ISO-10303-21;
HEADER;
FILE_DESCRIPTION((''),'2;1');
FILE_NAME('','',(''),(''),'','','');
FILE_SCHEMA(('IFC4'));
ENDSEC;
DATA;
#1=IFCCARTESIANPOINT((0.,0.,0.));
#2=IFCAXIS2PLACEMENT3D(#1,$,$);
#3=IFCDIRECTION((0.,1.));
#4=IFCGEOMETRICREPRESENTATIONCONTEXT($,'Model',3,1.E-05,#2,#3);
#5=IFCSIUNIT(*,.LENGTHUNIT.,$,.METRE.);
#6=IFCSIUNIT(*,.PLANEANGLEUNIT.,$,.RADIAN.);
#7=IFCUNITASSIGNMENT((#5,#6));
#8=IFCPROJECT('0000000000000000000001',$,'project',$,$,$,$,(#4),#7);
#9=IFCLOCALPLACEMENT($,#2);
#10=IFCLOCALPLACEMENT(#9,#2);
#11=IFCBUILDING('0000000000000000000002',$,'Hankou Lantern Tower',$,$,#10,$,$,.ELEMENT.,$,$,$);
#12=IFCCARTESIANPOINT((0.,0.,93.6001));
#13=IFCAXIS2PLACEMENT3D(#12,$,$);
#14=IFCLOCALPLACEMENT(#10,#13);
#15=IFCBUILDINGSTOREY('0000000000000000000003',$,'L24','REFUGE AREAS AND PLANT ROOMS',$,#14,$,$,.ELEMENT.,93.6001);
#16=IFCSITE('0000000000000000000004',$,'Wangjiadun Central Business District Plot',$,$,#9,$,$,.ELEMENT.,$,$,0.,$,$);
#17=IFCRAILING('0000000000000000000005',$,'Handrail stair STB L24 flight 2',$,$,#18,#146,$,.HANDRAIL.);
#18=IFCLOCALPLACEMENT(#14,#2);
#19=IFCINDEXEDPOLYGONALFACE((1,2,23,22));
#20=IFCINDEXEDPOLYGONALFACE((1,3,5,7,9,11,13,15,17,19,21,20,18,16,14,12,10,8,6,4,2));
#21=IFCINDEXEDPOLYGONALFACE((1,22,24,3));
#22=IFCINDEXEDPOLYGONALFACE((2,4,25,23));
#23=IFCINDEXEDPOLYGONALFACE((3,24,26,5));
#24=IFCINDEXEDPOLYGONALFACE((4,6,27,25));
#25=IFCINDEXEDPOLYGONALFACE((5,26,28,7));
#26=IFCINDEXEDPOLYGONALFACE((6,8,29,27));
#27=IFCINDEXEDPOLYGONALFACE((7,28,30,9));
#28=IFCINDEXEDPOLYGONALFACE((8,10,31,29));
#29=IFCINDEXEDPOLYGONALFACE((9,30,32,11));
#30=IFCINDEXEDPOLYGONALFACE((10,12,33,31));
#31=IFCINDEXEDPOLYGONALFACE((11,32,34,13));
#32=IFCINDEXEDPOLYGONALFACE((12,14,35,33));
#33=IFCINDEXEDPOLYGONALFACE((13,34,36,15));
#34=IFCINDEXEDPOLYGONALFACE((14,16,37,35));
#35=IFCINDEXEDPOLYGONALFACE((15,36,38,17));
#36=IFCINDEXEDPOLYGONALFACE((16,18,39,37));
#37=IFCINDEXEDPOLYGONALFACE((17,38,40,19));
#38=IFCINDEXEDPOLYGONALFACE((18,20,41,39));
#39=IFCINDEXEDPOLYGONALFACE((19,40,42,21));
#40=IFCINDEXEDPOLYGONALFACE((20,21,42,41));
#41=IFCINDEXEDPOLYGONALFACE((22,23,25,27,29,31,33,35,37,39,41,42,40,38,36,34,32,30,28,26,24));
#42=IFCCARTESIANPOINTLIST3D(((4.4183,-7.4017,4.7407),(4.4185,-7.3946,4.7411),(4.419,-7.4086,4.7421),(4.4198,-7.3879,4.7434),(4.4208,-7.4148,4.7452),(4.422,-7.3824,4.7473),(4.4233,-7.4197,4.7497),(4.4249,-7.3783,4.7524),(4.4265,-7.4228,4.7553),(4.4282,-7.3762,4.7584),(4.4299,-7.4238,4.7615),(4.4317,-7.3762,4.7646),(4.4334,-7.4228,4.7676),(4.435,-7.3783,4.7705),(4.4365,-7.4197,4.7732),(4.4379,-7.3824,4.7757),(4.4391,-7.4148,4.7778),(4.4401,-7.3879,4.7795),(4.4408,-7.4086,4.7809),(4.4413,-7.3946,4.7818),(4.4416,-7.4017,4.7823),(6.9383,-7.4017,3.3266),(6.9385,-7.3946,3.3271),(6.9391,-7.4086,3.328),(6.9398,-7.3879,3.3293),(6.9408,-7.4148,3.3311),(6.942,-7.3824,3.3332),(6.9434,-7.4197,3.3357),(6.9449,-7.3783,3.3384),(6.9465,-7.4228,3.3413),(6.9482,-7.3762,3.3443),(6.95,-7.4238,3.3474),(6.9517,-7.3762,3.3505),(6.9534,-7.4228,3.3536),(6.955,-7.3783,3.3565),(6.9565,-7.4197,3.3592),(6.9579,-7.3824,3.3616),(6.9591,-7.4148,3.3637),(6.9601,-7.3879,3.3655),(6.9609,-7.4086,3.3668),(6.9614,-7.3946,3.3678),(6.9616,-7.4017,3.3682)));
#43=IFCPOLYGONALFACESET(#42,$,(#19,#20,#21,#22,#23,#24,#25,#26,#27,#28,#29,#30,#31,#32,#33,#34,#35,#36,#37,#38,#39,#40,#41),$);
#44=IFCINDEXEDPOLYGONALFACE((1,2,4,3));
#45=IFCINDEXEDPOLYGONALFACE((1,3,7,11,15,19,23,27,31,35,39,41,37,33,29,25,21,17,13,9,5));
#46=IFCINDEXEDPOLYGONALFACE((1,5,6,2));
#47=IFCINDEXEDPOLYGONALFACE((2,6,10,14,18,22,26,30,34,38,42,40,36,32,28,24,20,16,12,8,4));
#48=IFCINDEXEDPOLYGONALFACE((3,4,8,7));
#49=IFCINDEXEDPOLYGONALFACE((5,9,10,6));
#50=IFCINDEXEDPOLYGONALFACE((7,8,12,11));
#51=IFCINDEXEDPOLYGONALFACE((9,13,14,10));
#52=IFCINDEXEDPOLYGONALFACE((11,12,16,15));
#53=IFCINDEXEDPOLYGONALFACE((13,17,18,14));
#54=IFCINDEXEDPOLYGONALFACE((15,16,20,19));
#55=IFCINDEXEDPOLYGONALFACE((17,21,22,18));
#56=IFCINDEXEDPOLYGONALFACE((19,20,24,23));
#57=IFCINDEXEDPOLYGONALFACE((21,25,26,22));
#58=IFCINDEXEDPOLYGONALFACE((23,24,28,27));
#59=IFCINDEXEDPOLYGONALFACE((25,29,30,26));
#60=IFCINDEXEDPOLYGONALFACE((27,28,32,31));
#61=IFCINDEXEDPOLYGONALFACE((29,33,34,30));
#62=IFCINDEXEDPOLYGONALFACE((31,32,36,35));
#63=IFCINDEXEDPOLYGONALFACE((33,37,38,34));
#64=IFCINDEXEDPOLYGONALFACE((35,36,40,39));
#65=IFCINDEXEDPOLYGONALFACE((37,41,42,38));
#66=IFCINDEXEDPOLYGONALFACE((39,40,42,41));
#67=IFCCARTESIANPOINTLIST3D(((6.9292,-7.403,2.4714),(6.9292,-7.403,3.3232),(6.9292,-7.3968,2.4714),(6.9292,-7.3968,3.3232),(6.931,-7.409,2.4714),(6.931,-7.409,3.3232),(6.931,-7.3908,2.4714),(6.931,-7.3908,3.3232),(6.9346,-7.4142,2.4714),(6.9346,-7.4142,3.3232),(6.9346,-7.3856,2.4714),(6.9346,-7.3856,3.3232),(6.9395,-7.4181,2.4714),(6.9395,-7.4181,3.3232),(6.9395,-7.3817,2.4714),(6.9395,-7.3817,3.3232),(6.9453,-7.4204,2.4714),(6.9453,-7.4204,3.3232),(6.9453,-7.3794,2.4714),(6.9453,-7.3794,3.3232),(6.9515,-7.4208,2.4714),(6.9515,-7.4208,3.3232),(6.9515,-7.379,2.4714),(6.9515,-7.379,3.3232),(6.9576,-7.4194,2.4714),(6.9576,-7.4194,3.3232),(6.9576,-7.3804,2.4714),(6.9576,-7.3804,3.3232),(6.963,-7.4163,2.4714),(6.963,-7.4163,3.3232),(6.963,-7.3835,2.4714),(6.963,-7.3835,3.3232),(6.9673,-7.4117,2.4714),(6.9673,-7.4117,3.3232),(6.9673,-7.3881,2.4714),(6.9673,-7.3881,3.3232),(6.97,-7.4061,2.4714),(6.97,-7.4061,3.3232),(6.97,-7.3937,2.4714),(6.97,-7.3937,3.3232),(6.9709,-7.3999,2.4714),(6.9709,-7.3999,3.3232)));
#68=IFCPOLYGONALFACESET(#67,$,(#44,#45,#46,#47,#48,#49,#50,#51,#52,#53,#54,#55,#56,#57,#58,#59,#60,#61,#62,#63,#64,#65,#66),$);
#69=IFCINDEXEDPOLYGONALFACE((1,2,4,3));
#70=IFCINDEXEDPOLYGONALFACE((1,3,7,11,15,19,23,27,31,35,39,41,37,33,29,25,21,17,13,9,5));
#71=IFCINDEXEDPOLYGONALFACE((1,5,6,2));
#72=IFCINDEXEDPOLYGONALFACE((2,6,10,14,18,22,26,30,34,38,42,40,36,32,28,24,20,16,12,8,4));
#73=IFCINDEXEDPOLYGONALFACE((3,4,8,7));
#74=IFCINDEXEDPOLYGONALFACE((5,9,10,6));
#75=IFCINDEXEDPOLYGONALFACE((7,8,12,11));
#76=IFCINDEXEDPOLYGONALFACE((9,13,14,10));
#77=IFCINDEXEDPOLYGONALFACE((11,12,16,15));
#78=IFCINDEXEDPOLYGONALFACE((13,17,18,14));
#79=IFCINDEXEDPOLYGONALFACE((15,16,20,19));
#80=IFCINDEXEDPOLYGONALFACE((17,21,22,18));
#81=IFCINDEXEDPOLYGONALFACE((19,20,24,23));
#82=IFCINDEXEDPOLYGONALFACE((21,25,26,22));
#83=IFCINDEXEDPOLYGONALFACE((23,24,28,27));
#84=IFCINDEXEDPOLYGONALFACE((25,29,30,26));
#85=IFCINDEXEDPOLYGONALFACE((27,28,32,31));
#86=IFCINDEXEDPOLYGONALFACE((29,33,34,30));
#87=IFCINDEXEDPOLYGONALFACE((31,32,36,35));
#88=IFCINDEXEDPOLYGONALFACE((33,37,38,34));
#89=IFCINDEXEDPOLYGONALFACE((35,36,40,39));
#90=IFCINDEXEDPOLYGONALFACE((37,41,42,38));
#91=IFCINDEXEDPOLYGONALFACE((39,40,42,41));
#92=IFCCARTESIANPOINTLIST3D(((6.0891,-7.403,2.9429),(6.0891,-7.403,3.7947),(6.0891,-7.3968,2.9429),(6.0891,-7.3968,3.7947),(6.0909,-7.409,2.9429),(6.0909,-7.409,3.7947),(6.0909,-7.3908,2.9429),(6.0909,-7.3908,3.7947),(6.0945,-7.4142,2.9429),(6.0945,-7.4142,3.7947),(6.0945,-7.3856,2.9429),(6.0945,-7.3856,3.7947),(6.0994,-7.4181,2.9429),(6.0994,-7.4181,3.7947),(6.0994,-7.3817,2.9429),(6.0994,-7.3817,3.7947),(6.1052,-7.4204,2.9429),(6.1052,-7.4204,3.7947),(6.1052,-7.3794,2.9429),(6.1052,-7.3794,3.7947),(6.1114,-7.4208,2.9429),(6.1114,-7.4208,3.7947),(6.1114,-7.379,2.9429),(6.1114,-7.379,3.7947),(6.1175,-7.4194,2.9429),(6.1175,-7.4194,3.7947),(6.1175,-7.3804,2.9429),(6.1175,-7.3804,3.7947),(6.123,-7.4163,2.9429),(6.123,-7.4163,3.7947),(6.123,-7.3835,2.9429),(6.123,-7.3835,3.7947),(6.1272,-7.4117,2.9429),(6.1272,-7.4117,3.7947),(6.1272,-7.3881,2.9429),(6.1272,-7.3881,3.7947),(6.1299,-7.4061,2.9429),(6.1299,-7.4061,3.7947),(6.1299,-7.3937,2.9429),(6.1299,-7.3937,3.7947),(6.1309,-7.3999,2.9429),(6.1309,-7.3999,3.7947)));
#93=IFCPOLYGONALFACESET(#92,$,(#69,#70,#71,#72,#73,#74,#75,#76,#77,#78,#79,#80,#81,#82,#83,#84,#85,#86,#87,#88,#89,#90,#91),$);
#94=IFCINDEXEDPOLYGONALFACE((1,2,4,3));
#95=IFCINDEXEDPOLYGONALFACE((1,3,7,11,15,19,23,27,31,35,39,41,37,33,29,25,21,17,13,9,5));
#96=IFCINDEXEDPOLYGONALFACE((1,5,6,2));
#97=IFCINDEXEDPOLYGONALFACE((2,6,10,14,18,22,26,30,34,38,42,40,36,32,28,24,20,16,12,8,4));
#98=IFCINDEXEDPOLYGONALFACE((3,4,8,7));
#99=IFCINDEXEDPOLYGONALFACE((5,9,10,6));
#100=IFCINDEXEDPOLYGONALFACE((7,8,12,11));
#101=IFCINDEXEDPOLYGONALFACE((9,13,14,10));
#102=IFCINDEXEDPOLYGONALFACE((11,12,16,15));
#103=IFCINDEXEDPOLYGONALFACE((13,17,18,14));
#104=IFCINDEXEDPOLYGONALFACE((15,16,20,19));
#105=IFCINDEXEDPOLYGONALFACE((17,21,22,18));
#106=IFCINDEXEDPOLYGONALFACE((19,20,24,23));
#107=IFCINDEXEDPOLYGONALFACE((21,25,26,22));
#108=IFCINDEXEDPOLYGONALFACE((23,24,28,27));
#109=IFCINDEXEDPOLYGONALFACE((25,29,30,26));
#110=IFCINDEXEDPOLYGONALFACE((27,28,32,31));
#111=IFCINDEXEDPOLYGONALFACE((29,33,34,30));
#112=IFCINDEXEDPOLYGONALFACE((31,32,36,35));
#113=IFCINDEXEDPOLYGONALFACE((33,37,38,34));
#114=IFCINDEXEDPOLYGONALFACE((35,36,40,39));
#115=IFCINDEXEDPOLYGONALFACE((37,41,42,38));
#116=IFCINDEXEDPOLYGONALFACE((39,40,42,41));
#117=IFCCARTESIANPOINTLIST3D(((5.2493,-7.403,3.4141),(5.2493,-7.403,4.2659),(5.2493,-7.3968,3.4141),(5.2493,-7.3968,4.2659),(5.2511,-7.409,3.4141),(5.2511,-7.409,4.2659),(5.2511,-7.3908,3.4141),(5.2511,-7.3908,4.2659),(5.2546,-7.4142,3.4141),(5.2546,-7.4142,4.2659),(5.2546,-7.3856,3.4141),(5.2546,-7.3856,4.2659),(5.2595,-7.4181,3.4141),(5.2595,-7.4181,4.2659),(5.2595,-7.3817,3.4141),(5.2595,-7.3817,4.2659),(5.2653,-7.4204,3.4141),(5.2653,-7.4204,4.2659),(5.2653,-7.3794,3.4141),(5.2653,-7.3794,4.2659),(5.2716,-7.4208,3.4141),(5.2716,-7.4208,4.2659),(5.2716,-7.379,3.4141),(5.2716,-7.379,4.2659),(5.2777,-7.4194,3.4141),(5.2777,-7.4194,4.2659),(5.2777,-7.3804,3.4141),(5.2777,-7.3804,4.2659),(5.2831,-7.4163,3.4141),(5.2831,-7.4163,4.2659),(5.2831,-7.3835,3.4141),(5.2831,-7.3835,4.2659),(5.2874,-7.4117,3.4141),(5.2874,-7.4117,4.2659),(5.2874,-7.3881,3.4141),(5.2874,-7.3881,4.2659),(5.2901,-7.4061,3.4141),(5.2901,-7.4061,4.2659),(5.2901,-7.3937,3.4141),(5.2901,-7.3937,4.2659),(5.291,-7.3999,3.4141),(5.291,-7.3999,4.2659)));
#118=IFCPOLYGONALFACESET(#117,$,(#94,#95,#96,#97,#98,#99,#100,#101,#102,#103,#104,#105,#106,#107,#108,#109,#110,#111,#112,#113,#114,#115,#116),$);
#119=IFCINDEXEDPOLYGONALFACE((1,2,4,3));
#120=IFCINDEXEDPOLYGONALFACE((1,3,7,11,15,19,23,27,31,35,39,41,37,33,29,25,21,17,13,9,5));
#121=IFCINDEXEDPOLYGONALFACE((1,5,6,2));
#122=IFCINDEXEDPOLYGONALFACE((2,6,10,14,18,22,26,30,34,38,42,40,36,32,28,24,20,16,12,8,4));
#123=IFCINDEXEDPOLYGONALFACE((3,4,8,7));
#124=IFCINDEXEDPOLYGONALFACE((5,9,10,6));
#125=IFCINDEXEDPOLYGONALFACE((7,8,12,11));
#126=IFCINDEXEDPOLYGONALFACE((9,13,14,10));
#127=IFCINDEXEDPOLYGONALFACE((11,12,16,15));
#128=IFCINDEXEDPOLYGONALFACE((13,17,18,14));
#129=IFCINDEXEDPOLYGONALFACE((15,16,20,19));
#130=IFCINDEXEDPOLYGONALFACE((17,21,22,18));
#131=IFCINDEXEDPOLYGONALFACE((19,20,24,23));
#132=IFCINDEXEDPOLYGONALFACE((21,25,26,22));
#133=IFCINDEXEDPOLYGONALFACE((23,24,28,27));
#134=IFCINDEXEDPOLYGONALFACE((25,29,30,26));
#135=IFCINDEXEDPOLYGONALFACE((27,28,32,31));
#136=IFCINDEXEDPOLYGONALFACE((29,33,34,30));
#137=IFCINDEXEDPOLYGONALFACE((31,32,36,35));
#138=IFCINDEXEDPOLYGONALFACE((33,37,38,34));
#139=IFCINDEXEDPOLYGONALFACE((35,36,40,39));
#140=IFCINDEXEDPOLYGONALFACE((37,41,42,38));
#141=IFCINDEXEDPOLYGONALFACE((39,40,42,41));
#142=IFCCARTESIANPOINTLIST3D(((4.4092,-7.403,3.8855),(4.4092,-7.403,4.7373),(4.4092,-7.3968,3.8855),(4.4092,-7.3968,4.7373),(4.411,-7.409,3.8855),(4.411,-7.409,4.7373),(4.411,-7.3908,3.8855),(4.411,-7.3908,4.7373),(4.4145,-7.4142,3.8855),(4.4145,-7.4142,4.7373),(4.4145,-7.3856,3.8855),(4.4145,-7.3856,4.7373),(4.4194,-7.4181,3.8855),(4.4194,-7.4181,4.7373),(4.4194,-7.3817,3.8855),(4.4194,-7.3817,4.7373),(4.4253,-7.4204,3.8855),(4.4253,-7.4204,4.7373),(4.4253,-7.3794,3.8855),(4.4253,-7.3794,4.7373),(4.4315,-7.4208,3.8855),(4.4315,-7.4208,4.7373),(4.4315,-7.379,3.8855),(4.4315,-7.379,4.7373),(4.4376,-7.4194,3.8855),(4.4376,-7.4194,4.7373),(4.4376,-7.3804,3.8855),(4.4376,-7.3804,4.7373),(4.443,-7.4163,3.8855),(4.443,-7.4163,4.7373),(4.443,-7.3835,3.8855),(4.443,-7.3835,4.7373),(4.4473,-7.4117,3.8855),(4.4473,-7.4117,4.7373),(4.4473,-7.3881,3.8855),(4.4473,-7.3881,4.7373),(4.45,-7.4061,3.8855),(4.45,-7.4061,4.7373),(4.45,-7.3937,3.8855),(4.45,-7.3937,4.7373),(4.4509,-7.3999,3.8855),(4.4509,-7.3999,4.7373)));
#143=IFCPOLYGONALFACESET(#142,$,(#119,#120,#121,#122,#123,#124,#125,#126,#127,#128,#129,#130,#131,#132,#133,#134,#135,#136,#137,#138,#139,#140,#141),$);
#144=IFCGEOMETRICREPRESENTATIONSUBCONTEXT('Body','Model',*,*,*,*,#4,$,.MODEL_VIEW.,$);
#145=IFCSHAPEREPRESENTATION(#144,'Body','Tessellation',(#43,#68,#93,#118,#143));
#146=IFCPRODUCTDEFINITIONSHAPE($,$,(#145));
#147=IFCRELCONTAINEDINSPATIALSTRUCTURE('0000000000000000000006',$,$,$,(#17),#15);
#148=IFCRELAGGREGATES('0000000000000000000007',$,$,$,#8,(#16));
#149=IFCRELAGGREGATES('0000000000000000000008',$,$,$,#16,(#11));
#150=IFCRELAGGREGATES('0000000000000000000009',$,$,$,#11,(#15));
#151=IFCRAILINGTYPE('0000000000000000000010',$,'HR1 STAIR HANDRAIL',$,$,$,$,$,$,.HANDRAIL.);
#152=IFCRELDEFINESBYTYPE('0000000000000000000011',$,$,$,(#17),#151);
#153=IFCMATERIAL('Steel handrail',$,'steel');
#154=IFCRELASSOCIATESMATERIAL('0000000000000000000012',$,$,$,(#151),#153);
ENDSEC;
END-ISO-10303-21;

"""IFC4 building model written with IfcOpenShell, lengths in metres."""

from ifc_helpers import new_model, si_unit, direction, frame, origin, origin_2d, place, context, subcontext, project, spatial, circle, extrude, material, type_object, element, save


model = new_model("IFC4")

# Units and contexts
model_context = context("Model", 3, precision=1e-05, world=origin(), true_north=direction((0.0, 1.0)))
body_context = subcontext(model_context, "Body", "Model", "MODEL_VIEW")
ifc_project = project(units=[si_unit("LENGTHUNIT", "METRE"), si_unit("PLANEANGLEUNIT", "RADIAN")], contexts=[model_context])

# Site, building, storey
site_placement = place(None, origin())
site = spatial("IfcSite", under=ifc_project, at=site_placement, Name="Wangjiadun Central Business District Plot", CompositionType="ELEMENT", RefElevation=0.0)
building_placement = place(site_placement, origin())
building = spatial("IfcBuilding", under=site, at=building_placement, Name="Hankou Lantern Tower", CompositionType="ELEMENT")
storey_placement = place(building_placement, frame((0.0, 0.0, 93.6001)))
storey = spatial("IfcBuildingStorey", under=building, at=storey_placement, Name="L24", Description="REFUGE AREAS AND PLANT ROOMS", CompositionType="ELEMENT", Elevation=93.6001)

# Railing
ifc_material_1 = material(Name="Steel handrail", Category="steel")
railing_type = type_object("IfcRailingType", Name="HR1 STAIR HANDRAIL", PredefinedType="HANDRAIL", material=ifc_material_1)
railing_1_placement = place(storey_placement, frame((6.95, -7.3999, 2.4714)))
element("IfcRailing", 1, at=railing_1_placement, inside=storey, type_object=railing_type, Name="Handrail stair STB L24 flight 2", PredefinedType="HANDRAIL", context=body_context, shape_type="SweptSolid", body=[
    extrude(circle(Radius=0.0239, at=origin_2d()), frame((0.0, 0.0, 0.876), z_axis=(-0.872085, 0.0, 0.489354), x_axis=(0.0, -1.0, 0.0)), (0.0, 0.0, 1.0), 2.8896),
    extrude(circle(Radius=0.021, at=origin_2d()), origin(), (0.0, 0.0, 1.0), 0.8518),
    extrude(circle(Radius=0.021, at=origin_2d()), frame((-0.8401, 0.0, 0.4714)), (0.0, 0.0, 1.0), 0.8518),
    extrude(circle(Radius=0.021, at=origin_2d()), frame((-1.6799, 0.0, 0.9426)), (0.0, 0.0, 1.0), 0.8518),
    extrude(circle(Radius=0.021, at=origin_2d()), frame((-2.52, 0.0, 1.4141)), (0.0, 0.0, 1.0), 0.8518),
])

save(model, "model.ifc")
